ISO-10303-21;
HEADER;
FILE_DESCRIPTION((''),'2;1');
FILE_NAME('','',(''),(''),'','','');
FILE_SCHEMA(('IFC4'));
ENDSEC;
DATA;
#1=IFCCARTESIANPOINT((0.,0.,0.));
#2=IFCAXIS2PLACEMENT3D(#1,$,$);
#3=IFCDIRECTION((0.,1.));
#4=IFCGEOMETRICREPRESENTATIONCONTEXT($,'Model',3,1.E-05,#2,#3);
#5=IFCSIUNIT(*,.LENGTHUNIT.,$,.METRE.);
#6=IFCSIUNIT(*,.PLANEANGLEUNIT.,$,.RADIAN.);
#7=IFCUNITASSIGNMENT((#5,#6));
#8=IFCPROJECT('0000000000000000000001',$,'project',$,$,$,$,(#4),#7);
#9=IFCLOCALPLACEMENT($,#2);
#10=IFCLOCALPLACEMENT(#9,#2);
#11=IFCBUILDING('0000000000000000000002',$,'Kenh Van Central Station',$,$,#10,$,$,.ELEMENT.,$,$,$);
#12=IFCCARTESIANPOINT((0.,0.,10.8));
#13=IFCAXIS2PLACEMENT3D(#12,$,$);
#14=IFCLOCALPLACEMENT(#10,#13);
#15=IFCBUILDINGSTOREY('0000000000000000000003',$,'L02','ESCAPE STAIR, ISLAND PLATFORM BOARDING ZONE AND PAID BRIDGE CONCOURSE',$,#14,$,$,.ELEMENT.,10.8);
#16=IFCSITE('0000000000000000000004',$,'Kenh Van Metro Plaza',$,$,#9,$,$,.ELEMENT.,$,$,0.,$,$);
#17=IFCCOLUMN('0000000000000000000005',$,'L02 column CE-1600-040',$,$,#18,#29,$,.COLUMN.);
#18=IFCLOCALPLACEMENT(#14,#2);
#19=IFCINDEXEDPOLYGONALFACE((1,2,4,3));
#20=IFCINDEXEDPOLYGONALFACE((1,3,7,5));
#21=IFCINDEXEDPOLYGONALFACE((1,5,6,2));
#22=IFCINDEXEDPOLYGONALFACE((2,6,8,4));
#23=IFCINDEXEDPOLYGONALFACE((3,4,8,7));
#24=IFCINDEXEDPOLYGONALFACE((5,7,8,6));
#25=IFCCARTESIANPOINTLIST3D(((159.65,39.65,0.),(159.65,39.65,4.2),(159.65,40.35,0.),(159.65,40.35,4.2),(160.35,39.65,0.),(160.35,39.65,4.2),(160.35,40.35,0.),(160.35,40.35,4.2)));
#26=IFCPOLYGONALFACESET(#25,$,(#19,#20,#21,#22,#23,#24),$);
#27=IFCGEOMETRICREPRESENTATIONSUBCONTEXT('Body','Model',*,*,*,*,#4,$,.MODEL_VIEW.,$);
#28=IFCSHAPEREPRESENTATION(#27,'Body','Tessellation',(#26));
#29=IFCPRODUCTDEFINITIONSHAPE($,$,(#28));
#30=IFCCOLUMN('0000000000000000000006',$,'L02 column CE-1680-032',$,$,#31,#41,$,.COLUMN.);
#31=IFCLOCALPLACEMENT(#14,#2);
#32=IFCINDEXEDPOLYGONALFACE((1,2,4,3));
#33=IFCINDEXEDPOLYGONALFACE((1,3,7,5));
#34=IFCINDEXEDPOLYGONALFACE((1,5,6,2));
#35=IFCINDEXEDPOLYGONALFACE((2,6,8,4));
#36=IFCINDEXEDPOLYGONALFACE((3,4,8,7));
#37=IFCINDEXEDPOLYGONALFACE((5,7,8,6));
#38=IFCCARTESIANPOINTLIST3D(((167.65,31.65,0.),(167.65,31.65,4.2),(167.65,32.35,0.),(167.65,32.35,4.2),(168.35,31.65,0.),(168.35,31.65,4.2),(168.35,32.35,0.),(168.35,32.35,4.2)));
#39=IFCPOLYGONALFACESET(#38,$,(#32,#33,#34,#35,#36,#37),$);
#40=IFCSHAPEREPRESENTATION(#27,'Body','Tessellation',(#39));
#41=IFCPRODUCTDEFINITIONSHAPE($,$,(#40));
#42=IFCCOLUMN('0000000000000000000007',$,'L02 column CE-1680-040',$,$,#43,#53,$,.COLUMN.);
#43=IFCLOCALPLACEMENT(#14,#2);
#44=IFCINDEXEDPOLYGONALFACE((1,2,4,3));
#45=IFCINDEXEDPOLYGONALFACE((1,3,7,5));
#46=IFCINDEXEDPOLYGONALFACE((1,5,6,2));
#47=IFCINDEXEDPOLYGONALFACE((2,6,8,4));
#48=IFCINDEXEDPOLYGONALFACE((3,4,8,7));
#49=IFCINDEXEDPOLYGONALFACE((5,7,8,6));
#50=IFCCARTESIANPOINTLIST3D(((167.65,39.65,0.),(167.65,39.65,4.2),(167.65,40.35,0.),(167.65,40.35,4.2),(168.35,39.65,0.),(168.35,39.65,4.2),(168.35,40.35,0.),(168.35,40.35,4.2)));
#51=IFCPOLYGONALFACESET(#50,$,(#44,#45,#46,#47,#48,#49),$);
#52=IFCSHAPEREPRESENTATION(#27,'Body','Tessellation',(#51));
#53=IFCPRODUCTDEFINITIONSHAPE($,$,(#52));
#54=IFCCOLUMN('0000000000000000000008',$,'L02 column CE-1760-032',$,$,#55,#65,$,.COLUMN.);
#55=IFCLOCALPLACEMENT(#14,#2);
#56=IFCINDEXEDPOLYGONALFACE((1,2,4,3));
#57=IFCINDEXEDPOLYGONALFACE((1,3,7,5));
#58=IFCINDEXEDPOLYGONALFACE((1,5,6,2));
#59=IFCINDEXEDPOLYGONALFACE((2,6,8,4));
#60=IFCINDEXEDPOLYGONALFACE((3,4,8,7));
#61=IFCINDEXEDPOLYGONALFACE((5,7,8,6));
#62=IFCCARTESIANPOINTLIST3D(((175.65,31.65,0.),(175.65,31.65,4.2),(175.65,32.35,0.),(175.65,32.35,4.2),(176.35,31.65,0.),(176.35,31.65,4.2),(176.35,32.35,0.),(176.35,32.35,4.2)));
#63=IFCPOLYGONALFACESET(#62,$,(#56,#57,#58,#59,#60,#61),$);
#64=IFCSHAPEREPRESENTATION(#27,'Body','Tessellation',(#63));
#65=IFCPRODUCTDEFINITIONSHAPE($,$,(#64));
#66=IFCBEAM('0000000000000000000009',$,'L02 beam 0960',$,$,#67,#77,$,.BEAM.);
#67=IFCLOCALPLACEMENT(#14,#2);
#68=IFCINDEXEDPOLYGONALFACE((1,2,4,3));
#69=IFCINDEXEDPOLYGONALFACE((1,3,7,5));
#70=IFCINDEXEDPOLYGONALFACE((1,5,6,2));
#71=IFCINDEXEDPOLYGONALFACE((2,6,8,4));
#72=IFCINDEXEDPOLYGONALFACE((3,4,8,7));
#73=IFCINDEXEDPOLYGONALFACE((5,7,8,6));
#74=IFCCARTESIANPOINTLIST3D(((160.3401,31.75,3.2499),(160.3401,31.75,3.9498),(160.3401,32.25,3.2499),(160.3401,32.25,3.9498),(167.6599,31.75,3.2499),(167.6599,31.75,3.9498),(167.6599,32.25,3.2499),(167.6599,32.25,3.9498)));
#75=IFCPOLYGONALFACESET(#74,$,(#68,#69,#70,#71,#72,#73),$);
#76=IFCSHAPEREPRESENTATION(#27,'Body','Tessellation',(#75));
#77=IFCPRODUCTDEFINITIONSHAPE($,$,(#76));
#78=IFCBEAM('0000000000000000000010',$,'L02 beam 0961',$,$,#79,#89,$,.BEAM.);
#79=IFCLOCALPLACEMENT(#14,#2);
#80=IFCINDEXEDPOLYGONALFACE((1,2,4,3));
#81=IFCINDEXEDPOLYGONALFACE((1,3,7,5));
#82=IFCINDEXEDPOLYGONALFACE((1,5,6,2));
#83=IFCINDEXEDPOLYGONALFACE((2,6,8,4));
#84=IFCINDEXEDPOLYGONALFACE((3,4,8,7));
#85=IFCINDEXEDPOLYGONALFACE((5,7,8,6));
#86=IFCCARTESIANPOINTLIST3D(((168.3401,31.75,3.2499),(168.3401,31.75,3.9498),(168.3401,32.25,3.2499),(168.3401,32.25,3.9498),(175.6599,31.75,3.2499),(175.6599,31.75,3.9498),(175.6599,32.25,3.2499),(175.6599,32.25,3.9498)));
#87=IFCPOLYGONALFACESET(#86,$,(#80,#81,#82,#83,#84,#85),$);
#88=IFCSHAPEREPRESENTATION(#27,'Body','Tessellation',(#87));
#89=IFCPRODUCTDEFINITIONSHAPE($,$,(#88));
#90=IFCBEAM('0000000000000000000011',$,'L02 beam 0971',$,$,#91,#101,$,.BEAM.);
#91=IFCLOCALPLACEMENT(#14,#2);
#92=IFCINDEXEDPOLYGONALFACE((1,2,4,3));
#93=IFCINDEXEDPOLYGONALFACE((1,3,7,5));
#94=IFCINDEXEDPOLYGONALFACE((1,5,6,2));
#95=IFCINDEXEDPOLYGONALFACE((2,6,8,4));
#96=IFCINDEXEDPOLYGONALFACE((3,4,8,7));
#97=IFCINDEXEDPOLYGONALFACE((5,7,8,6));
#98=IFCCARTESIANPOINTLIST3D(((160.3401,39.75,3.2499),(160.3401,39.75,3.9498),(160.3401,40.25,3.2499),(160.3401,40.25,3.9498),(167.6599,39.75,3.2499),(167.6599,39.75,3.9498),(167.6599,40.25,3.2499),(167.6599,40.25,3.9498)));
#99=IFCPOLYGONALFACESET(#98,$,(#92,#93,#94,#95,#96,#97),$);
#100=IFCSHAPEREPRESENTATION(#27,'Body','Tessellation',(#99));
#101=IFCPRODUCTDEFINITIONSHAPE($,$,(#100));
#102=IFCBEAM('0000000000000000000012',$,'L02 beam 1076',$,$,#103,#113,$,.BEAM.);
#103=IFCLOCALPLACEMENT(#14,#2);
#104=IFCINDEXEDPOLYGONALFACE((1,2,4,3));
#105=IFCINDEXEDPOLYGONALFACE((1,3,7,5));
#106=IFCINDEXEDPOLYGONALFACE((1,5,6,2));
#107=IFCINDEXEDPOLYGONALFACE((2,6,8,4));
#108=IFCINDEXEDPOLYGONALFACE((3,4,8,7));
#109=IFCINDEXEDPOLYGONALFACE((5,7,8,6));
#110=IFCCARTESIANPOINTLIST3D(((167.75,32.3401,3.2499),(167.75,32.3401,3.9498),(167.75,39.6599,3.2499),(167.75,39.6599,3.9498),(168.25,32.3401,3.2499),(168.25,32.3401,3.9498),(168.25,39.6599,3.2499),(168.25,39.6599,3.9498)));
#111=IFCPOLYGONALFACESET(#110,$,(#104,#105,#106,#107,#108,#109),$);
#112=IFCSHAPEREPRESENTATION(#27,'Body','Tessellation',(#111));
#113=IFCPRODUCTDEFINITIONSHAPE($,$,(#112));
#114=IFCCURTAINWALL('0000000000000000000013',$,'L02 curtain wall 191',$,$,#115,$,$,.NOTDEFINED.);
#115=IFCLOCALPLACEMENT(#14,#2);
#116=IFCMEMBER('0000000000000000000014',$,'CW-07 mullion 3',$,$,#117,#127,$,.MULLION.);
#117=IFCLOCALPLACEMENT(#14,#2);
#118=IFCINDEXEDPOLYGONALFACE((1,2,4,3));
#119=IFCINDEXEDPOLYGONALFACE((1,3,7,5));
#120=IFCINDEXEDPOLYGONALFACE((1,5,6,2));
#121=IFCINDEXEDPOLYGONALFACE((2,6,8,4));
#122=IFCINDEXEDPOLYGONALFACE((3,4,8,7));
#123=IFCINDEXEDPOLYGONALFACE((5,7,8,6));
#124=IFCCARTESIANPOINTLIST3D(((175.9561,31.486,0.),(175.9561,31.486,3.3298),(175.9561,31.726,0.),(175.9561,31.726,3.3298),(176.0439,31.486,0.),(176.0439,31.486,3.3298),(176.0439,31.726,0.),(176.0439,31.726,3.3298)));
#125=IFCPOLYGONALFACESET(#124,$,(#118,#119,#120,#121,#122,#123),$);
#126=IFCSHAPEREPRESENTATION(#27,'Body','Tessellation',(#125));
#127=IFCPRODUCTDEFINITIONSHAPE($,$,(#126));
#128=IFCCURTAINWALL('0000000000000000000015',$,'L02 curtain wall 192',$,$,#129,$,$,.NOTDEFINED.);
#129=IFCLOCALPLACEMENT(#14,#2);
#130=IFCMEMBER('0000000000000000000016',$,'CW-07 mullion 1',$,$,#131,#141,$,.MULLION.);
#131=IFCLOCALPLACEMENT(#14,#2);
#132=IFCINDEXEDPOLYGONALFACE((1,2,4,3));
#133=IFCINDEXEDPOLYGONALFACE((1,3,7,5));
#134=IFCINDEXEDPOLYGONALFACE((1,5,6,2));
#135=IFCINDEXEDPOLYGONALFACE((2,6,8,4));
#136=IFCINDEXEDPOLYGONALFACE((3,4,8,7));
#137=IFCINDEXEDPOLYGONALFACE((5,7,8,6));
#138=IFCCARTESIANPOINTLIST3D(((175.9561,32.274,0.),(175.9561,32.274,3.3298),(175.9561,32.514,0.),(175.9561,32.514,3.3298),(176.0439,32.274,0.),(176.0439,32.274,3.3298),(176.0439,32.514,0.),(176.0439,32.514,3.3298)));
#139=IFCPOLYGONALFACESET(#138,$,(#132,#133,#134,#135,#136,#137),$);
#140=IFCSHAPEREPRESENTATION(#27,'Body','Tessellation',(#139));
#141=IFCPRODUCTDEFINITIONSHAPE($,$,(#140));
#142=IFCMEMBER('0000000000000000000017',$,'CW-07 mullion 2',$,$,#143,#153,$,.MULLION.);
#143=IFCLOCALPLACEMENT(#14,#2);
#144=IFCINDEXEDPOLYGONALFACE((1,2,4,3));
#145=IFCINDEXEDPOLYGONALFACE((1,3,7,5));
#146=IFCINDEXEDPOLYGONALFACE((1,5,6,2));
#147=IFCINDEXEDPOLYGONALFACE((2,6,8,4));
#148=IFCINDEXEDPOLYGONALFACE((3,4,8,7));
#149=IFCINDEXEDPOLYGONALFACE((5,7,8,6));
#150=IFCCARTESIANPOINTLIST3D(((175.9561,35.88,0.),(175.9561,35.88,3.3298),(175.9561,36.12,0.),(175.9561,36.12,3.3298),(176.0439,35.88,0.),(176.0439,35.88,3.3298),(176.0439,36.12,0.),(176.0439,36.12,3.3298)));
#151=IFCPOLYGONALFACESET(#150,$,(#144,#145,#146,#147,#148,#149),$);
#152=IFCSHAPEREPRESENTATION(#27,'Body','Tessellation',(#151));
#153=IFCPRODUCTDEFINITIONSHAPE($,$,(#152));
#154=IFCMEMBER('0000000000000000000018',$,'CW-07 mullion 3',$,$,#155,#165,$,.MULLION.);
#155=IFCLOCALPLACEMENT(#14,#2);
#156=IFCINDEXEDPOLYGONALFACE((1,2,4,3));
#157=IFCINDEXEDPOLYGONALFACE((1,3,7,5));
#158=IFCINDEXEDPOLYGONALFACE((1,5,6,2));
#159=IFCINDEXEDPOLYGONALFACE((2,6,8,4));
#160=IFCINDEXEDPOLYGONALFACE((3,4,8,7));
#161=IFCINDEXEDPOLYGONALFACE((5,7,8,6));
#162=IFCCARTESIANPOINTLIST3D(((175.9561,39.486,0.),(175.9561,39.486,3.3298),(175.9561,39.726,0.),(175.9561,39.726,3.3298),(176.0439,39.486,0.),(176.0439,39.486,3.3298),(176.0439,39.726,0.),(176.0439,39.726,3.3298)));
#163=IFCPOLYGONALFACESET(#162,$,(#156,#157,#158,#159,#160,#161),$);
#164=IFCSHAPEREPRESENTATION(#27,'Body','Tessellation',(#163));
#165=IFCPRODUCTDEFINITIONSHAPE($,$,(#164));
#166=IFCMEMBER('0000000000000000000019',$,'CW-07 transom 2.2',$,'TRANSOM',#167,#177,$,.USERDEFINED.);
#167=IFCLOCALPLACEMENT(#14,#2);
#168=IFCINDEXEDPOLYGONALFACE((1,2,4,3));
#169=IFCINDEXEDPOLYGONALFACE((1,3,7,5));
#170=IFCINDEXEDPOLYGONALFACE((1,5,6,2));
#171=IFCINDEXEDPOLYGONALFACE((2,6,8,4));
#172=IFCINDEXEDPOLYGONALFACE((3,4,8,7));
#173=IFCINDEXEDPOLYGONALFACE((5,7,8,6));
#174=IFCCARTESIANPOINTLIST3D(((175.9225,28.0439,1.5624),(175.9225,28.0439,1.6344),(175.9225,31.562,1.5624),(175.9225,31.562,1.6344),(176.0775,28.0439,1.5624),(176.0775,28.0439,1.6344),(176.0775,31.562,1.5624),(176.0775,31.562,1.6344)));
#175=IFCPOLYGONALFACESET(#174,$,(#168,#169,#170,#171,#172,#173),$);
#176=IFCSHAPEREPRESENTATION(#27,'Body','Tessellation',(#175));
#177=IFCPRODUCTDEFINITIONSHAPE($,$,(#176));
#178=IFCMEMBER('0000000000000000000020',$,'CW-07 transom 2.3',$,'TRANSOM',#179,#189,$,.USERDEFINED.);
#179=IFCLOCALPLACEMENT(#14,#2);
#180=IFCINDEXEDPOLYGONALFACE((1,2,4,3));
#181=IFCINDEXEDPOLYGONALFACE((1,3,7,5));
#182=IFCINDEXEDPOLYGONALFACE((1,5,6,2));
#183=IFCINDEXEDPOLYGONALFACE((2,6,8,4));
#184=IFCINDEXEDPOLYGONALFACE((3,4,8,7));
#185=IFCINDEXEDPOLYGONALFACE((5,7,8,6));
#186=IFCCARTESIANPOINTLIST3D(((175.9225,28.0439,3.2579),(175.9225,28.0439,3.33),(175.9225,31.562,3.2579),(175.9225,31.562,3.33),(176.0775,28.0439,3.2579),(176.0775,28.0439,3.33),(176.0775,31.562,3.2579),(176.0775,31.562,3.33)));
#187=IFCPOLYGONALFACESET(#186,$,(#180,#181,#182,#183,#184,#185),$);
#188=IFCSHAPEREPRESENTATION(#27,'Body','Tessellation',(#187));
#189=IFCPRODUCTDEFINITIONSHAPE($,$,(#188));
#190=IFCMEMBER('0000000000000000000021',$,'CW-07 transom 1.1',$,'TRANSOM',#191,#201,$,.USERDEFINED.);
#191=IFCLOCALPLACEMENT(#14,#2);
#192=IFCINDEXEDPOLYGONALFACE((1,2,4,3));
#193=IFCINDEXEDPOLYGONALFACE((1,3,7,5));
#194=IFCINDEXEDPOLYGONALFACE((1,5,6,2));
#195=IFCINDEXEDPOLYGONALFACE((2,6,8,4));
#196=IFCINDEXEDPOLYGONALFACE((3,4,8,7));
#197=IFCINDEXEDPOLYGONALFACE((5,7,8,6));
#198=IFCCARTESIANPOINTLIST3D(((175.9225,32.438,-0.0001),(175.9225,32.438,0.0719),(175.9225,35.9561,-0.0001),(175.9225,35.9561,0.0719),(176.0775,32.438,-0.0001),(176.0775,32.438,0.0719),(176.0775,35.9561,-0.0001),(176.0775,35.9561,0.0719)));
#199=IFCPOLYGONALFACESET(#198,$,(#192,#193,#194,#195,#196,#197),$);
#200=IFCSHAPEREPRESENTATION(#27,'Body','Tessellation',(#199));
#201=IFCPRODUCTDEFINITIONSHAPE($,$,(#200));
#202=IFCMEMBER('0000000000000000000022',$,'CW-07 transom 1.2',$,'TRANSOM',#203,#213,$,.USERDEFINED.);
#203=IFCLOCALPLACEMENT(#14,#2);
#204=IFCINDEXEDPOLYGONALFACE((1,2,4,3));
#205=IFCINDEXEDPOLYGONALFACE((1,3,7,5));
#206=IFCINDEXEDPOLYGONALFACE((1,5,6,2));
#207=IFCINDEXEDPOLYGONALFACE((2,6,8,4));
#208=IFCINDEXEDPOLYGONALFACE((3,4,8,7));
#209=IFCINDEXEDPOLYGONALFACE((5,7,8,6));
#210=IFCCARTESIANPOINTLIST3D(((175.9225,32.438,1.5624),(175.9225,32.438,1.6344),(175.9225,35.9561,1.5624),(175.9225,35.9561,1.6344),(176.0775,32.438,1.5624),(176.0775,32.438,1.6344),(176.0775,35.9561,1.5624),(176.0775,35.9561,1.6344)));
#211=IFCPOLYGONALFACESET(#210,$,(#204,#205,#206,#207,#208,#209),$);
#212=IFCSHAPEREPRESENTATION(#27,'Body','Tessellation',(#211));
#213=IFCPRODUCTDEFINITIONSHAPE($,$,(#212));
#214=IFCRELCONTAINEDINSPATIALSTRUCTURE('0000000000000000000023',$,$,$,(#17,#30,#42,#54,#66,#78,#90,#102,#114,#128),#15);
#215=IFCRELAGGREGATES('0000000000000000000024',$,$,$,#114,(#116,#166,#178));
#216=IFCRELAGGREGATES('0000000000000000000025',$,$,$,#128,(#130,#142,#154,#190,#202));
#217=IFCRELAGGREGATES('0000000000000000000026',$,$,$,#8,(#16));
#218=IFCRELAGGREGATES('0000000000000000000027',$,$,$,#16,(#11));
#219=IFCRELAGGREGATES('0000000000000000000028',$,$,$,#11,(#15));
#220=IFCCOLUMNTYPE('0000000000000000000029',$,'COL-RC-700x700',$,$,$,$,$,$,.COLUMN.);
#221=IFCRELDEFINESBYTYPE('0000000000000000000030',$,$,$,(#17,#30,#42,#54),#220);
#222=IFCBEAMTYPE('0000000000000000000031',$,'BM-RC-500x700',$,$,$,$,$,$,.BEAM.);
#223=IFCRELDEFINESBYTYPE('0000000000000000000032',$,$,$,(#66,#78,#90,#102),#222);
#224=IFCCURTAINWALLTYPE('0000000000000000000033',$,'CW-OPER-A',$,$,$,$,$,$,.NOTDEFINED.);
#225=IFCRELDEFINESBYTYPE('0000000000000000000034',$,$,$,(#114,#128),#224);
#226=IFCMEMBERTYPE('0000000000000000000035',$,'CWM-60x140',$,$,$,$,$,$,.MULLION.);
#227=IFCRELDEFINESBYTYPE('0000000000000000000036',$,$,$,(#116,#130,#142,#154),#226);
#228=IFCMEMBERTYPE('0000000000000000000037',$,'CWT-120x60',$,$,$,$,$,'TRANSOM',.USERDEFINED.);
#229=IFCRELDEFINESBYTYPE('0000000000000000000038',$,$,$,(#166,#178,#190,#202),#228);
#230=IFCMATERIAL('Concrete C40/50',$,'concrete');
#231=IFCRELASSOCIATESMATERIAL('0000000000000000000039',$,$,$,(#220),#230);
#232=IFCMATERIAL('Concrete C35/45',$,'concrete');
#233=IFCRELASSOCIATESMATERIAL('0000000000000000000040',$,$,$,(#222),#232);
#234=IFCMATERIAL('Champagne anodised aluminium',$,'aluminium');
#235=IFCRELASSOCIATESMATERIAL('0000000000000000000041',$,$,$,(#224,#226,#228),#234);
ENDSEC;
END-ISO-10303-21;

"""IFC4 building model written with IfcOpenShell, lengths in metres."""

from ifc_helpers import new_model, si_unit, direction, frame, origin, origin_2d, place, context, subcontext, project, spatial, rectangle, extrude, material, material_profile, profile_set, type_object, element, aggregate, save


model = new_model("IFC4")

# Units and contexts
model_context = context("Model", 3, precision=1e-05, world=origin(), true_north=direction((0.0, 1.0)))
body_context = subcontext(model_context, "Body", "Model", "MODEL_VIEW")
ifc_project = project(units=[si_unit("LENGTHUNIT", "METRE"), si_unit("PLANEANGLEUNIT", "RADIAN")], contexts=[model_context])

# Site, building, storey
site_placement = place(None, origin())
site = spatial("IfcSite", under=ifc_project, at=site_placement, Name="Kenh Van Metro Plaza", CompositionType="ELEMENT", RefElevation=0.0)
building_placement = place(site_placement, origin())
building = spatial("IfcBuilding", under=site, at=building_placement, Name="Kenh Van Central Station", CompositionType="ELEMENT")
storey_placement = place(building_placement, frame((0.0, 0.0, 10.8)))
storey = spatial("IfcBuildingStorey", under=building, at=storey_placement, Name="L02", Description="ESCAPE STAIR, ISLAND PLATFORM BOARDING ZONE AND PAID BRIDGE CONCOURSE", CompositionType="ELEMENT", Elevation=10.8)

# Columns
ifc_material_1 = material(Name="Concrete C40/50", Category="concrete")
ifc_material_profile_1 = material_profile(ifc_material_1, rectangle(XDim=0.7, YDim=0.7, at=origin_2d()), Name="RC 700x700")
ifc_profile_set_1 = profile_set([ifc_material_profile_1], Name="Concrete C40/50")
column_type = type_object("IfcColumnType", Name="COL-RC-700x700", PredefinedType="COLUMN", material=ifc_profile_set_1)
for number, where, z_axis, x_axis, name in (
    (1, (160.0, 40.0, 0.0), (0.0, 0.0, 1.0), (1.0, 0.0, 0.0), "L02 column CE-1600-040"),
    (2, (168.0, 32.0, 0.0), (0.0, 0.0, 1.0), (1.0, 0.0, 0.0), "L02 column CE-1680-032"),
    (3, (168.0, 40.0, 0.0), (0.0, 0.0, 1.0), (1.0, 0.0, 0.0), "L02 column CE-1680-040"),
    (4, (176.0, 32.0, 0.0), (0.0, 0.0, 1.0), (1.0, 0.0, 0.0), "L02 column CE-1760-032"),
):
    element("IfcColumn", number, at=place(storey_placement, frame(where, z_axis=z_axis, x_axis=x_axis)), inside=storey, type_object=column_type, Name=name, PredefinedType="COLUMN", context=body_context, shape_type="SweptSolid", body=[
        extrude(rectangle(XDim=0.7, YDim=0.7, at=origin_2d()), origin(), (0.0, 0.0, 1.0), 4.2),
    ])

# Beams
ifc_material_2 = material(Name="Concrete C35/45", Category="concrete")
ifc_material_profile_2 = material_profile(ifc_material_2, rectangle(XDim=0.5, YDim=0.7, at=origin_2d()), Name="RC 500x700")
ifc_profile_set_2 = profile_set([ifc_material_profile_2], Name="Concrete C35/45")
beam_type_1 = type_object("IfcBeamType", Name="BM-RC-500x700", PredefinedType="BEAM", material=ifc_profile_set_2)
for number, where, z_axis, x_axis, name in (
    (5, (160.3401, 32.0, 3.5999), (1.0, 0.0, 0.0), (0.0, 1.0, 0.0), "L02 beam 0960"),
    (6, (168.3401, 32.0, 3.5999), (1.0, 0.0, 0.0), (0.0, 1.0, 0.0), "L02 beam 0961"),
    (7, (160.3401, 40.0, 3.5999), (1.0, 0.0, 0.0), (0.0, 1.0, 0.0), "L02 beam 0971"),
    (8, (168.0, 32.3401, 3.5999), (0.0, 1.0, 0.0), (-1.0, 0.0, 0.0), "L02 beam 1076"),
):
    element("IfcBeam", number, at=place(storey_placement, frame(where, z_axis=z_axis, x_axis=x_axis)), inside=storey, type_object=beam_type_1, Name=name, PredefinedType="BEAM", context=body_context, shape_type="SweptSolid", body=[
        extrude(rectangle(XDim=0.5, YDim=0.7, at=origin_2d()), origin(), (0.0, 0.0, 1.0), 7.3198),
    ])

# Curtain wall, member
ifc_material_3 = material(Name="Champagne anodised aluminium", Category="aluminium")
curtain_wall_type = type_object("IfcCurtainWallType", Name="CW-OPER-A", PredefinedType="NOTDEFINED", material=ifc_material_3)
curtain_wall_1_placement = place(storey_placement, origin())
curtain_wall_1 = element("IfcCurtainWall", 9, at=curtain_wall_1_placement, inside=storey, type_object=curtain_wall_type, Name="L02 curtain wall 191", PredefinedType="NOTDEFINED")
ifc_material_profile_3 = material_profile(ifc_material_3, rectangle(XDim=0.0879, YDim=0.24, at=origin_2d()), Name="AL 88x240")
ifc_profile_set_3 = profile_set([ifc_material_profile_3], Name="Champagne anodised aluminium")
member_type_1 = type_object("IfcMemberType", Name="CWM-60x140", PredefinedType="MULLION", material=ifc_profile_set_3)
member_1_placement = place(storey_placement, frame((176.0, 31.606, 0.0), z_axis=(0.0, 0.0, 1.0), x_axis=(-1.0, 0.0, 0.0)))
member_1 = element("IfcMember", 10, at=member_1_placement, type_object=member_type_1, Name="CW-07 mullion 3", PredefinedType="MULLION", context=body_context, shape_type="SweptSolid", body=[
    extrude(rectangle(XDim=0.0879, YDim=0.24, at=origin_2d()), origin(), (0.0, 0.0, 1.0), 3.3298),
])

# Curtain wall, members
curtain_wall_2_placement = place(storey_placement, origin())
curtain_wall_2 = element("IfcCurtainWall", 11, at=curtain_wall_2_placement, inside=storey, type_object=curtain_wall_type, Name="L02 curtain wall 192", PredefinedType="NOTDEFINED")
member_2_placement = place(storey_placement, frame((176.0, 32.394, 0.0), z_axis=(0.0, 0.0, 1.0), x_axis=(-1.0, 0.0, 0.0)))
member_2 = element("IfcMember", 12, at=member_2_placement, type_object=member_type_1, Name="CW-07 mullion 1", PredefinedType="MULLION", context=body_context, shape_type="SweptSolid", body=[
    extrude(rectangle(XDim=0.0879, YDim=0.24, at=origin_2d()), origin(), (0.0, 0.0, 1.0), 3.3298),
])
member_3_placement = place(storey_placement, frame((176.0, 36.0, 0.0), z_axis=(0.0, 0.0, 1.0), x_axis=(-1.0, 0.0, 0.0)))
member_3 = element("IfcMember", 13, at=member_3_placement, type_object=member_type_1, Name="CW-07 mullion 2", PredefinedType="MULLION", context=body_context, shape_type="SweptSolid", body=[
    extrude(rectangle(XDim=0.0879, YDim=0.24, at=origin_2d()), origin(), (0.0, 0.0, 1.0), 3.3298),
])
member_4_placement = place(storey_placement, frame((176.0, 39.606, 0.0), z_axis=(0.0, 0.0, 1.0), x_axis=(-1.0, 0.0, 0.0)))
member_4 = element("IfcMember", 14, at=member_4_placement, type_object=member_type_1, Name="CW-07 mullion 3", PredefinedType="MULLION", context=body_context, shape_type="SweptSolid", body=[
    extrude(rectangle(XDim=0.0879, YDim=0.24, at=origin_2d()), origin(), (0.0, 0.0, 1.0), 3.3298),
])

# Members
ifc_material_profile_4 = material_profile(ifc_material_3, rectangle(XDim=0.155, YDim=0.072, at=origin_2d()), Name="AL 155x72")
ifc_profile_set_4 = profile_set([ifc_material_profile_4], Name="Champagne anodised aluminium")
member_type_2 = type_object("IfcMemberType", Name="CWT-120x60", ElementType="TRANSOM", PredefinedType="USERDEFINED", material=ifc_profile_set_4)
member_5_placement = place(storey_placement, frame((176.0, 28.0439, 1.5984), z_axis=(0.0, 1.0, 0.0), x_axis=(-1.0, 0.0, 0.0)))
member_5 = element("IfcMember", 15, at=member_5_placement, type_object=member_type_2, Name="CW-07 transom 2.2", ObjectType="TRANSOM", PredefinedType="USERDEFINED", context=body_context, shape_type="SweptSolid", body=[
    extrude(rectangle(XDim=0.155, YDim=0.072, at=origin_2d()), origin(), (0.0, 0.0, 1.0), 3.5181),
])
member_6_placement = place(storey_placement, frame((176.0, 28.0439, 3.2939), z_axis=(0.0, 1.0, 0.0), x_axis=(-1.0, 0.0, 0.0)))
member_6 = element("IfcMember", 16, at=member_6_placement, type_object=member_type_2, Name="CW-07 transom 2.3", ObjectType="TRANSOM", PredefinedType="USERDEFINED", context=body_context, shape_type="SweptSolid", body=[
    extrude(rectangle(XDim=0.155, YDim=0.072, at=origin_2d()), origin(), (0.0, 0.0, 1.0), 3.5181),
])
member_7_placement = place(storey_placement, frame((176.0, 32.438, 0.0359), z_axis=(0.0, 1.0, 0.0), x_axis=(-1.0, 0.0, 0.0)))
member_7 = element("IfcMember", 17, at=member_7_placement, type_object=member_type_2, Name="CW-07 transom 1.1", ObjectType="TRANSOM", PredefinedType="USERDEFINED", context=body_context, shape_type="SweptSolid", body=[
    extrude(rectangle(XDim=0.155, YDim=0.072, at=origin_2d()), origin(), (0.0, 0.0, 1.0), 3.5181),
])
member_8_placement = place(storey_placement, frame((176.0, 32.438, 1.5984), z_axis=(0.0, 1.0, 0.0), x_axis=(-1.0, 0.0, 0.0)))
member_8 = element("IfcMember", 18, at=member_8_placement, type_object=member_type_2, Name="CW-07 transom 1.2", ObjectType="TRANSOM", PredefinedType="USERDEFINED", context=body_context, shape_type="SweptSolid", body=[
    extrude(rectangle(XDim=0.155, YDim=0.072, at=origin_2d()), origin(), (0.0, 0.0, 1.0), 3.5181),
])

aggregate(curtain_wall_1, [member_1, member_5, member_6])
aggregate(curtain_wall_2, [member_2, member_3, member_4, member_7, member_8])

save(model, "model.ifc")
